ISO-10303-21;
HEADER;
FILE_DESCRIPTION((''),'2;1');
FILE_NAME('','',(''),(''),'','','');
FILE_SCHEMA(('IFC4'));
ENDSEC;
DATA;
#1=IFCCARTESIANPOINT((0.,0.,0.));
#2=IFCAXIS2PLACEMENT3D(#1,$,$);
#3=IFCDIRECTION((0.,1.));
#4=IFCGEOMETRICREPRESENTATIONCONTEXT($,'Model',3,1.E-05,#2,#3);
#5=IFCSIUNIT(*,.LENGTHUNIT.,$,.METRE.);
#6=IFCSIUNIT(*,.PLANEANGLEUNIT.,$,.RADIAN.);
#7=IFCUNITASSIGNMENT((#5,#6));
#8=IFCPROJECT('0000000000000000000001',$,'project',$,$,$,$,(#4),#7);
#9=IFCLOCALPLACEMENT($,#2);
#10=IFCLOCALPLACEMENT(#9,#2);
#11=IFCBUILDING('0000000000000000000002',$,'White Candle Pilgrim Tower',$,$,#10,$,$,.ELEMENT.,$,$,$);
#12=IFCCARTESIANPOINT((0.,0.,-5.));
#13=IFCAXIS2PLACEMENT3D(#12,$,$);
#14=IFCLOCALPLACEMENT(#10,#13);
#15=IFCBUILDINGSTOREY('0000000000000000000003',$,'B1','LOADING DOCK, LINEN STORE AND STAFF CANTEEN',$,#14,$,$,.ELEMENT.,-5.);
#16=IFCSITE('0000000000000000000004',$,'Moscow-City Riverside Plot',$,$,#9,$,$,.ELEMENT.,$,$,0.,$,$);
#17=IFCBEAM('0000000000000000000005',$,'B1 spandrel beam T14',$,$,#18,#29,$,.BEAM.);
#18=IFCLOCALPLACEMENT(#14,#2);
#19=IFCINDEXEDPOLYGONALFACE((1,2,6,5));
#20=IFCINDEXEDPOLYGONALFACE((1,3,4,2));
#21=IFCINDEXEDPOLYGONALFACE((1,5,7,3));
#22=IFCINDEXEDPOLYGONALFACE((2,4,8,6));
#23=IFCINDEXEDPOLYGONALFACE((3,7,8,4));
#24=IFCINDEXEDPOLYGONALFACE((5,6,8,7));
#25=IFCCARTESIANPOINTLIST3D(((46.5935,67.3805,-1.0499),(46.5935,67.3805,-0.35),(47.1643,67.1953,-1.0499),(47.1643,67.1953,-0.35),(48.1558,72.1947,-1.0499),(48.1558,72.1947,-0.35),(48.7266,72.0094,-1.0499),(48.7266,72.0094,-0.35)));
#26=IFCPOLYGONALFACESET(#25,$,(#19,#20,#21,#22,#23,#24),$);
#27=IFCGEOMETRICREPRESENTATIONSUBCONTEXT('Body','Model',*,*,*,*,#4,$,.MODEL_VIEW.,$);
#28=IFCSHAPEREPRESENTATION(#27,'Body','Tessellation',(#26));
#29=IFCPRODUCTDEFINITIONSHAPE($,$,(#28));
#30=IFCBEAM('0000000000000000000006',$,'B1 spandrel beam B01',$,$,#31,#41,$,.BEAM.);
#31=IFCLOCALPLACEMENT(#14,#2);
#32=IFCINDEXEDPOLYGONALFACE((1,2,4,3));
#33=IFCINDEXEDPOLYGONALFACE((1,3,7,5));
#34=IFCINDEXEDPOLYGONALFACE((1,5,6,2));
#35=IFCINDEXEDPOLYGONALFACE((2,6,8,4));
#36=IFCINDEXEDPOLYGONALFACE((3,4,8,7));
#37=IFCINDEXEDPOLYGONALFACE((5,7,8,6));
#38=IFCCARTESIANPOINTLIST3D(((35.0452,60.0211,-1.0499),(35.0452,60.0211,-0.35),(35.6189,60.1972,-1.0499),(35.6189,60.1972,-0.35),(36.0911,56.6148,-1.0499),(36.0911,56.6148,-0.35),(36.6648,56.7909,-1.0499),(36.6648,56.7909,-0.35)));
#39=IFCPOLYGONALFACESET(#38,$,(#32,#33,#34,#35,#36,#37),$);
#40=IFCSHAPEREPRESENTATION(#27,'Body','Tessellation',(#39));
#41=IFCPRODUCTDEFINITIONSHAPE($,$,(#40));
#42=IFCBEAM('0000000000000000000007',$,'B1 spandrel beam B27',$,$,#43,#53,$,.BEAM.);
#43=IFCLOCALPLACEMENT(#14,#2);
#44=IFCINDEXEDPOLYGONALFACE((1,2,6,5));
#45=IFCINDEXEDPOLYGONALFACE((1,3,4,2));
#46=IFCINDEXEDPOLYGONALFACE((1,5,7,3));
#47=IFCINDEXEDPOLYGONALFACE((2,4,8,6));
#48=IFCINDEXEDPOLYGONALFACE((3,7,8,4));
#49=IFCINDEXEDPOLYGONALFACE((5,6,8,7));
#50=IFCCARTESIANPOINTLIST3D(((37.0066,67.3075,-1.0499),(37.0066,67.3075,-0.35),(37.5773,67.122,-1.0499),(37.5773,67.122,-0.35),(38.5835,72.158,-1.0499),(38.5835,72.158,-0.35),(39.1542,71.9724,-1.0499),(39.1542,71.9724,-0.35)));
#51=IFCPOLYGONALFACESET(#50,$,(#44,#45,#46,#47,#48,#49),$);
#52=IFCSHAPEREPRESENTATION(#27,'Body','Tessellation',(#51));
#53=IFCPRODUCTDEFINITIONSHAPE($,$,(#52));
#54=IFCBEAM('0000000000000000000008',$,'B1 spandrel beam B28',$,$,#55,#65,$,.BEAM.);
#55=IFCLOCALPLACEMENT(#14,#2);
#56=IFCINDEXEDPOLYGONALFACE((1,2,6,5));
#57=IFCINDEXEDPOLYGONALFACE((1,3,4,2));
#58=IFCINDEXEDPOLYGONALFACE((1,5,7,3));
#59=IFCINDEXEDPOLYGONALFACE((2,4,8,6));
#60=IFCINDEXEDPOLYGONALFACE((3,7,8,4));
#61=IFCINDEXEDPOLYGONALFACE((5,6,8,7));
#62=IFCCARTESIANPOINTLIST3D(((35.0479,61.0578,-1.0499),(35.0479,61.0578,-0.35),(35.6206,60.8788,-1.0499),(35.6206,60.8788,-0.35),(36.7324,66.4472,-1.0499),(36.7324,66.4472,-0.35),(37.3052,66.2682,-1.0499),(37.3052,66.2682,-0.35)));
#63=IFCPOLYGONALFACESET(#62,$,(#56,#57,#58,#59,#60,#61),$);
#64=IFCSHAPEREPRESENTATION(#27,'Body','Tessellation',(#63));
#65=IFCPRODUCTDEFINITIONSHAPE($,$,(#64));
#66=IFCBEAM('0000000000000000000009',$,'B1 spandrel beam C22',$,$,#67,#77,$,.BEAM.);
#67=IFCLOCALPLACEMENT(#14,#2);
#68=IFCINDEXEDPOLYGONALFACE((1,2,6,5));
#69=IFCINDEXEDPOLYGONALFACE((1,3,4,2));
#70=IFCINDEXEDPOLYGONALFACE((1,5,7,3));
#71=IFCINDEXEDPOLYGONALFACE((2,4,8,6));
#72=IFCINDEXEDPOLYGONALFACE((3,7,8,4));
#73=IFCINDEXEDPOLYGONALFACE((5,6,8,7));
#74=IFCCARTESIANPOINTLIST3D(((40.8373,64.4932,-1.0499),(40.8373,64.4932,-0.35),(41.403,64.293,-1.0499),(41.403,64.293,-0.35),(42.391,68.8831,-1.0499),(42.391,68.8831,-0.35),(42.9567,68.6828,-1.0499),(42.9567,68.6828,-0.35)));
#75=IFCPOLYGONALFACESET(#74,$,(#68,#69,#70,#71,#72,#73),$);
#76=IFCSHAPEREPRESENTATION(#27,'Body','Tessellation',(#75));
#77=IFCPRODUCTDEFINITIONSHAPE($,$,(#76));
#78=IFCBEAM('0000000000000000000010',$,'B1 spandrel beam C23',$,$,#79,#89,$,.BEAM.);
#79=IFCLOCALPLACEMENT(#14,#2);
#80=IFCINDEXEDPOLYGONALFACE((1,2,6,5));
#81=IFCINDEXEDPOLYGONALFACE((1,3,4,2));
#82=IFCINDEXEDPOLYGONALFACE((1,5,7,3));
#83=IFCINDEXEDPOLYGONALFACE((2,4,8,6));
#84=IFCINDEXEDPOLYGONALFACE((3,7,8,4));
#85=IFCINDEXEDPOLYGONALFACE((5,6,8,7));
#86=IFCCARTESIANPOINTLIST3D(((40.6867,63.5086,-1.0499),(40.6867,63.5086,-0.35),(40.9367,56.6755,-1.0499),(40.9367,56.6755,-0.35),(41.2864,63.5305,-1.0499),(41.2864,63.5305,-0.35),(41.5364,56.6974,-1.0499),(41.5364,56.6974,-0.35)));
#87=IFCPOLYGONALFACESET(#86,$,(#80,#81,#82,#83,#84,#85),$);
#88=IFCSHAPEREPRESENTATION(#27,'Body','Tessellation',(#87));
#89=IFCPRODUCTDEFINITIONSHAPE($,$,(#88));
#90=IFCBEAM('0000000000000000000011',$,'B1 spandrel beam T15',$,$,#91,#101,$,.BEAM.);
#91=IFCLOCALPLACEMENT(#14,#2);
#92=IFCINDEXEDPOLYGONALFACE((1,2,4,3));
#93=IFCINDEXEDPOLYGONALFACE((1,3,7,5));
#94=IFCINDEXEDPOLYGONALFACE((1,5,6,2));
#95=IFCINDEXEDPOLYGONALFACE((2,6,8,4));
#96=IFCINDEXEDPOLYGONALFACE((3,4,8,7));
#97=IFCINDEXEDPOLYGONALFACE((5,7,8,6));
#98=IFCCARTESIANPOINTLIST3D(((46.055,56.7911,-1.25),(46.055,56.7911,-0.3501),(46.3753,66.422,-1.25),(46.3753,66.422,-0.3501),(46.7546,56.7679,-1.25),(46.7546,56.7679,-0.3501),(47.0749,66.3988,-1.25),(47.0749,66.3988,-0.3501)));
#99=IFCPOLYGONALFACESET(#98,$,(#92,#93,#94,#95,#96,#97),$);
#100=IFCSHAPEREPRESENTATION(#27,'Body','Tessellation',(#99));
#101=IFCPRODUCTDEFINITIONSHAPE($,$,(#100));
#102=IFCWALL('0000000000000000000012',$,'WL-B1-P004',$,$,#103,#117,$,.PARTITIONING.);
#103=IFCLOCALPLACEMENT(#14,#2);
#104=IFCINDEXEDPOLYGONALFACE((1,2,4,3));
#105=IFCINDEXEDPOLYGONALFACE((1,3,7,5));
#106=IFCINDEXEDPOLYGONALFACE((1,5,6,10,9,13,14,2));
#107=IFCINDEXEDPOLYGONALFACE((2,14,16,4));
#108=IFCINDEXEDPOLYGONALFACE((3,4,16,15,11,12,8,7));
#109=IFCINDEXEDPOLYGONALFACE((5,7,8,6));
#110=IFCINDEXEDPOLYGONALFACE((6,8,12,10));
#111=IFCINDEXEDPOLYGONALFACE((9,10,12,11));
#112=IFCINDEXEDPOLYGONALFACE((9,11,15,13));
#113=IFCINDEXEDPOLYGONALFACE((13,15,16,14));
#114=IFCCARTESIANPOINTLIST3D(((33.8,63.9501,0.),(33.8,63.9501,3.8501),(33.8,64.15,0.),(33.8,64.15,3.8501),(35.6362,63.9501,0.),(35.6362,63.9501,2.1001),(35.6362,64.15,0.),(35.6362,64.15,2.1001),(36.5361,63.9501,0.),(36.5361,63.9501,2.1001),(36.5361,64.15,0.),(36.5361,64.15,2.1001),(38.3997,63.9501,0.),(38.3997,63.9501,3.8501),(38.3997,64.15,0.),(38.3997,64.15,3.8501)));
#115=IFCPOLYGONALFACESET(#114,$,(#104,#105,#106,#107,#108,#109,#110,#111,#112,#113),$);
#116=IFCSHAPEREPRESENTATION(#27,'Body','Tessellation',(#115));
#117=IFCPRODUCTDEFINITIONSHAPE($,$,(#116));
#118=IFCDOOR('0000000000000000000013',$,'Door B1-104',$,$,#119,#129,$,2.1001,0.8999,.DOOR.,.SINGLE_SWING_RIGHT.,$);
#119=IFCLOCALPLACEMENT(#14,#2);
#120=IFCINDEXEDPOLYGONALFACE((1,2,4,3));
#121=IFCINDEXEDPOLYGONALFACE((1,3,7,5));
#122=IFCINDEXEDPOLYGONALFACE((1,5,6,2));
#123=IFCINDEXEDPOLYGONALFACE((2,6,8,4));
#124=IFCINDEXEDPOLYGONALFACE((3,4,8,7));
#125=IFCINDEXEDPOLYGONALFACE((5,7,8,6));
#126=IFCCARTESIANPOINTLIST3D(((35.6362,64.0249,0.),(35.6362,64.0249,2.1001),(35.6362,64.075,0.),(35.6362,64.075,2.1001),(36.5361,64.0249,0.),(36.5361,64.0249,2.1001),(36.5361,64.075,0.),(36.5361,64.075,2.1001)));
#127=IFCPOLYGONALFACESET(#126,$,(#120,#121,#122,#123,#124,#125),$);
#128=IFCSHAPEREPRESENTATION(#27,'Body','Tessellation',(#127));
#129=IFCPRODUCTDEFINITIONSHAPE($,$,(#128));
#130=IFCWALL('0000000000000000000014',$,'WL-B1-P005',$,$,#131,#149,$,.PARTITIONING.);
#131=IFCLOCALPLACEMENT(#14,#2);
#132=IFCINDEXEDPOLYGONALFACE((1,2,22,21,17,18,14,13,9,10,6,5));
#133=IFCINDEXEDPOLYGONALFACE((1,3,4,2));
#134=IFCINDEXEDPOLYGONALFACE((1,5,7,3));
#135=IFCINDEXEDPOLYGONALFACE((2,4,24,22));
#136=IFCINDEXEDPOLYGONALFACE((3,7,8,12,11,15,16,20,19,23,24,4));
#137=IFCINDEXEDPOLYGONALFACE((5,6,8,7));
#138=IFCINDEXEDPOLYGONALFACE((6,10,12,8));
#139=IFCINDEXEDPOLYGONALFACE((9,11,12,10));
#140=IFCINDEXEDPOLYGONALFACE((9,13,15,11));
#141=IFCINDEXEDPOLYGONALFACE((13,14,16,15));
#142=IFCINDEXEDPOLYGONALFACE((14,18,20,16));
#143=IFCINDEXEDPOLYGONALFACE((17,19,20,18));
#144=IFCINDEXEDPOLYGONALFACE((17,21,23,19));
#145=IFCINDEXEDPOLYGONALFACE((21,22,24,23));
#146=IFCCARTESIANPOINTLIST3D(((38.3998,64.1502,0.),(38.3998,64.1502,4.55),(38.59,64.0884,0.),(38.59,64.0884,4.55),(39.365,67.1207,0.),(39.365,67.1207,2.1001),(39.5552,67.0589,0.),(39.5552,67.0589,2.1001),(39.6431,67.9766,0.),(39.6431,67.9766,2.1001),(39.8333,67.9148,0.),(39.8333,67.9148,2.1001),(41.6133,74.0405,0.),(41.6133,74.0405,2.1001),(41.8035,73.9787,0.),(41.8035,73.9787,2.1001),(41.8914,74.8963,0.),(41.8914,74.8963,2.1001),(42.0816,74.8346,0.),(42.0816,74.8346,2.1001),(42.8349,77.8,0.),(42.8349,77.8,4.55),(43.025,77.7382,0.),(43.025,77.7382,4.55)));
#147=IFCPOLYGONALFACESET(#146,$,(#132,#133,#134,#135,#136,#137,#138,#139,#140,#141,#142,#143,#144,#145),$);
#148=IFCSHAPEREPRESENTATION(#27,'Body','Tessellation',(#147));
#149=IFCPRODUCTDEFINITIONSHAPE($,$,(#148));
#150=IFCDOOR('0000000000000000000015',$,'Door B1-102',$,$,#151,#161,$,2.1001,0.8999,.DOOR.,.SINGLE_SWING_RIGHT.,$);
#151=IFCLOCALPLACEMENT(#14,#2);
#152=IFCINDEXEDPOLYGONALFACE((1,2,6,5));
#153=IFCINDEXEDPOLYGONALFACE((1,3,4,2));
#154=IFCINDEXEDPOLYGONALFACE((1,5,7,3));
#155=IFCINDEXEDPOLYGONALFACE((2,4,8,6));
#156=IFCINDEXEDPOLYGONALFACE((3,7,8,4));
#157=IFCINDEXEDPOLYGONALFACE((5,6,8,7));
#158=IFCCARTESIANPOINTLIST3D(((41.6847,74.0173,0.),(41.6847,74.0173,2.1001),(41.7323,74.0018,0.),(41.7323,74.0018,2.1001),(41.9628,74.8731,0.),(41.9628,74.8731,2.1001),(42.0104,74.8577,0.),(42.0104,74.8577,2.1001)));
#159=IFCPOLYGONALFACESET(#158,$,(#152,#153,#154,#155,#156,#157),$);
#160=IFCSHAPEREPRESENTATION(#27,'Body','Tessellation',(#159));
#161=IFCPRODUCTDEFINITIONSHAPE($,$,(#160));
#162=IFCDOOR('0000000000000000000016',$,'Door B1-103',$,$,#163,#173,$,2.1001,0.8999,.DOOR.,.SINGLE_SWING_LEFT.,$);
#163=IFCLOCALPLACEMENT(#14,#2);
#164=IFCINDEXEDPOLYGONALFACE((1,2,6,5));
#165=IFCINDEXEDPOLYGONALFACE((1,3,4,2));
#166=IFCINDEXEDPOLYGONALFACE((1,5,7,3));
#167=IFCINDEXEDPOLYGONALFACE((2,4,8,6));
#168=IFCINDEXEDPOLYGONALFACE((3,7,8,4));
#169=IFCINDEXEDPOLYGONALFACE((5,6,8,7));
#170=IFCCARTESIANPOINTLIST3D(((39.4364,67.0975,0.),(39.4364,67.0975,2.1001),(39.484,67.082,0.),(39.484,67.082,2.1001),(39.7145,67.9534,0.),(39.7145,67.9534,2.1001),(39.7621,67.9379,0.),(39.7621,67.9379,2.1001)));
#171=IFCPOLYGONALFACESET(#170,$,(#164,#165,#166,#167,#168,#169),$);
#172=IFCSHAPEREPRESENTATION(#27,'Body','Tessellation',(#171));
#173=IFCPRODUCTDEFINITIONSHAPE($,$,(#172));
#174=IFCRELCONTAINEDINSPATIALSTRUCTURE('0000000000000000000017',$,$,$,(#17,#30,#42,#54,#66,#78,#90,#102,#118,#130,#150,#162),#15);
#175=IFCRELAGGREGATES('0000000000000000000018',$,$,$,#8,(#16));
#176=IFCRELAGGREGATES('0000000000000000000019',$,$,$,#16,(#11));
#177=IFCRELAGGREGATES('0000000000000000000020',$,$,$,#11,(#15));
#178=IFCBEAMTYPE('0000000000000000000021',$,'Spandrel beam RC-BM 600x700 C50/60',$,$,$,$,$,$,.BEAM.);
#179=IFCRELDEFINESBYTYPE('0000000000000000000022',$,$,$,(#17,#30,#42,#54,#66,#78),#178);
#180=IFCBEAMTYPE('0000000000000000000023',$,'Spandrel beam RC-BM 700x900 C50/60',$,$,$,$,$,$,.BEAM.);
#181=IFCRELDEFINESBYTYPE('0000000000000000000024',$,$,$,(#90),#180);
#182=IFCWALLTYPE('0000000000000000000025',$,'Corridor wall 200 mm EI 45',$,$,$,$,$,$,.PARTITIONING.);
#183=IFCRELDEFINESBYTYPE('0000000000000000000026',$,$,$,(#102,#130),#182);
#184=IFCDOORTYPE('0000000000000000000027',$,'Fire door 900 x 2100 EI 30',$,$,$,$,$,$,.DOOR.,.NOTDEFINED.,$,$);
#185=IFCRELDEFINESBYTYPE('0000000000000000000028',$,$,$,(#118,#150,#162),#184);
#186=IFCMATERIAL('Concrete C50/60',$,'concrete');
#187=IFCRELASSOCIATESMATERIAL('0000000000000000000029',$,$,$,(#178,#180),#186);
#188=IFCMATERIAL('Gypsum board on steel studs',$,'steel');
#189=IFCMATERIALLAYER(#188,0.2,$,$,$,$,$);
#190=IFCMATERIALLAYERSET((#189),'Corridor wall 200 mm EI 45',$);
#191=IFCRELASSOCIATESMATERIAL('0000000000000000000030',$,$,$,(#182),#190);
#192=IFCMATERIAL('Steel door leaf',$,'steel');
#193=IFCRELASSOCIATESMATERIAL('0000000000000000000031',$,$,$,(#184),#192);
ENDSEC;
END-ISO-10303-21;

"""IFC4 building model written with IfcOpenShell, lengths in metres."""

from ifc_helpers import new_model, si_unit, direction, frame, frame_2d, origin, origin_2d, place, context, subcontext, project, spatial, rectangle, extrude, material, layer, layer_set, material_profile, profile_set, type_object, element, fill, save


model = new_model("IFC4")

# Units and contexts
model_context = context("Model", 3, precision=1e-05, world=origin(), true_north=direction((0.0, 1.0)))
body_context = subcontext(model_context, "Body", "Model", "MODEL_VIEW")
ifc_project = project(units=[si_unit("LENGTHUNIT", "METRE"), si_unit("PLANEANGLEUNIT", "RADIAN")], contexts=[model_context])

# Site, building, storey
site_placement = place(None, origin())
site = spatial("IfcSite", under=ifc_project, at=site_placement, Name="Moscow-City Riverside Plot", CompositionType="ELEMENT", RefElevation=0.0)
building_placement = place(site_placement, origin())
building = spatial("IfcBuilding", under=site, at=building_placement, Name="White Candle Pilgrim Tower", CompositionType="ELEMENT")
storey_placement = place(building_placement, frame((0.0, 0.0, -5.0)))
storey = spatial("IfcBuildingStorey", under=building, at=storey_placement, Name="B1", Description="LOADING DOCK, LINEN STORE AND STAFF CANTEEN", CompositionType="ELEMENT", Elevation=-5.0)

# Beams
ifc_material_1 = material(Name="Concrete C50/60", Category="concrete")
ifc_material_profile_1 = material_profile(ifc_material_1, rectangle(XDim=0.6001, YDim=0.7, at=origin_2d()), Name="RC-BM 600x700")
ifc_profile_set_1 = profile_set([ifc_material_profile_1], Name="Concrete C50/60")
beam_type_1 = type_object("IfcBeamType", Name="Spandrel beam RC-BM 600x700 C50/60", PredefinedType="BEAM", material=ifc_profile_set_1)
beam_1_placement = place(storey_placement, frame((48.4412, 72.1021, -0.7), z_axis=(-0.308664, -0.951171, 0.0), x_axis=(0.951171, -0.308664, 0.0)))
element("IfcBeam", 1, at=beam_1_placement, inside=storey, type_object=beam_type_1, Name="B1 spandrel beam T14", PredefinedType="BEAM", context=body_context, shape_type="SweptSolid", body=[
    extrude(rectangle(XDim=0.6001, YDim=0.7, at=origin_2d()), origin(), (0.0, 0.0, 1.0), 5.0613),
])
beam_2_placement = place(storey_placement, frame((35.332, 60.1091, -0.7), z_axis=(0.293527, -0.955951, 0.0), x_axis=(0.955951, 0.293527, 0.0)))
element("IfcBeam", 2, at=beam_2_placement, inside=storey, type_object=beam_type_1, Name="B1 spandrel beam B01", PredefinedType="BEAM", context=body_context, shape_type="SweptSolid", body=[
    extrude(rectangle(XDim=0.6001, YDim=0.7, at=origin_2d()), origin(), (0.0, 0.0, 1.0), 3.5632),
])
beam_3_placement = place(storey_placement, frame((38.8689, 72.0652, -0.7), z_axis=(-0.309182, -0.951003, 0.0), x_axis=(0.951003, -0.309182, 0.0)))
element("IfcBeam", 3, at=beam_3_placement, inside=storey, type_object=beam_type_1, Name="B1 spandrel beam B27", PredefinedType="BEAM", context=body_context, shape_type="SweptSolid", body=[
    extrude(rectangle(XDim=0.6001, YDim=0.7, at=origin_2d()), origin(), (0.0, 0.0, 1.0), 5.1003),
])
beam_4_placement = place(storey_placement, frame((37.0188, 66.3577, -0.7), z_axis=(-0.298337, -0.954461, 0.0), x_axis=(0.954461, -0.298337, 0.0)))
element("IfcBeam", 4, at=beam_4_placement, inside=storey, type_object=beam_type_1, Name="B1 spandrel beam B28", PredefinedType="BEAM", context=body_context, shape_type="SweptSolid", body=[
    extrude(rectangle(XDim=0.6001, YDim=0.7, at=origin_2d()), origin(), (0.0, 0.0, 1.0), 5.6465),
])
beam_5_placement = place(storey_placement, frame((42.6738, 68.783, -0.7), z_axis=(-0.333648, -0.942698, 0.0), x_axis=(0.942698, -0.333648, 0.0)))
element("IfcBeam", 5, at=beam_5_placement, inside=storey, type_object=beam_type_1, Name="B1 spandrel beam C22", PredefinedType="BEAM", context=body_context, shape_type="SweptSolid", body=[
    extrude(rectangle(XDim=0.6001, YDim=0.7, at=origin_2d()), origin(), (0.0, 0.0, 1.0), 4.6567),
])
beam_6_placement = place(storey_placement, frame((40.9866, 63.5195, -0.7), z_axis=(0.036563, -0.999331, 0.0), x_axis=(0.999331, 0.036563, 0.0)))
element("IfcBeam", 6, at=beam_6_placement, inside=storey, type_object=beam_type_1, Name="B1 spandrel beam C23", PredefinedType="BEAM", context=body_context, shape_type="SweptSolid", body=[
    extrude(rectangle(XDim=0.6001, YDim=0.7, at=origin_2d()), origin(), (0.0, 0.0, 1.0), 6.8376),
])
ifc_material_profile_2 = material_profile(ifc_material_1, rectangle(XDim=0.7, YDim=0.8999, at=origin_2d()), Name="RC-BM 700x900")
ifc_profile_set_2 = profile_set([ifc_material_profile_2], Name="Concrete C50/60")
beam_type_2 = type_object("IfcBeamType", Name="Spandrel beam RC-BM 700x900 C50/60", PredefinedType="BEAM", material=ifc_profile_set_2)
beam_7_placement = place(storey_placement, frame((46.7251, 66.4104, -0.8), z_axis=(-0.033241, -0.999447, 0.0), x_axis=(0.999447, -0.033241, 0.0)))
element("IfcBeam", 7, at=beam_7_placement, inside=storey, type_object=beam_type_2, Name="B1 spandrel beam T15", PredefinedType="BEAM", context=body_context, shape_type="SweptSolid", body=[
    extrude(rectangle(XDim=0.7, YDim=0.8999, at=origin_2d()), origin(), (0.0, 0.0, 1.0), 9.6362),
])

# Wall, opening, door
ifc_material_2 = material(Name="Gypsum board on steel studs", Category="steel")
ifc_layer_1 = layer(ifc_material_2, 0.2)
ifc_layer_set_1 = layer_set([ifc_layer_1], Name="Corridor wall 200 mm EI 45")
wall_type_1 = type_object("IfcWallType", Name="Corridor wall 200 mm EI 45", PredefinedType="PARTITIONING", material=ifc_layer_set_1)
wall_1_placement = place(storey_placement, frame((33.8, 64.05, 0.0), z_axis=(0.0, 0.0, 1.0), x_axis=(1.0, 0.0, 0.0)))
wall_1 = element("IfcWall", 8, at=wall_1_placement, inside=storey, type_object=wall_type_1, Name="WL-B1-P004", PredefinedType="PARTITIONING", context=body_context, shape_type="SweptSolid", body=[
    extrude(rectangle(XDim=4.5996, YDim=0.2, at=frame_2d((2.2998, 0.0))), origin(), (0.0, 0.0, 1.0), 3.8501),
])
opening_1_placement = place(wall_1_placement, frame((1.8362, 0.0, 0.0)))
opening_1 = element("IfcOpeningElement", 9, at=opening_1_placement, cuts=wall_1, PredefinedType="OPENING", context=body_context, shape_type="SweptSolid", body=[
    extrude(rectangle(XDim=0.8999, YDim=2.1001, at=frame_2d((0.45, 1.05))), frame((0.0, 0.1099, 0.0), z_axis=(0.0, -1.0, 0.0), x_axis=(1.0, 0.0, 0.0)), (0.0, 0.0, 1.0), 0.22),
])
ifc_material_3 = material(Name="Steel door leaf", Category="steel")
door_type = type_object("IfcDoorType", Name="Fire door 900 x 2100 EI 30", OperationType="NOTDEFINED", PredefinedType="DOOR", material=ifc_material_3)
door_1_placement = place(opening_1_placement, origin())
door_1 = element("IfcDoor", 10, at=door_1_placement, inside=storey, type_object=door_type, Name="Door B1-104", OperationType="SINGLE_SWING_RIGHT", OverallHeight=2.1001, OverallWidth=0.8999, PredefinedType="DOOR", context=body_context, shape_type="SweptSolid", body=[
    extrude(rectangle(XDim=0.8999, YDim=2.1001, at=frame_2d((0.45, 1.05))), frame((0.0, 0.0249, 0.0), z_axis=(0.0, -1.0, 0.0), x_axis=(1.0, 0.0, 0.0)), (0.0, 0.0, 1.0), 0.05),
])
fill(opening_1, door_1)

# Wall, openings, doors
wall_2_placement = place(storey_placement, frame((38.4949, 64.1191, 0.0), z_axis=(0.0, 0.0, 1.0), x_axis=(0.309013, 0.951058, 0.0)))
wall_2 = element("IfcWall", 11, at=wall_2_placement, inside=storey, type_object=wall_type_1, Name="WL-B1-P005", PredefinedType="PARTITIONING", context=body_context, shape_type="SweptSolid", body=[
    extrude(rectangle(XDim=14.3523, YDim=0.2, at=frame_2d((7.1763, 0.0))), origin(), (0.0, 0.0, 1.0), 4.55),
])
opening_2_placement = place(wall_2_placement, frame((10.3994, 0.0, 0.0)))
opening_2 = element("IfcOpeningElement", 12, at=opening_2_placement, cuts=wall_2, PredefinedType="OPENING", context=body_context, shape_type="SweptSolid", body=[
    extrude(rectangle(XDim=0.8999, YDim=2.1001, at=frame_2d((0.45, 1.05))), frame((0.0, 0.1099, 0.0), z_axis=(0.0, -1.0, 0.0), x_axis=(1.0, 0.0, 0.0)), (0.0, 0.0, 1.0), 0.22),
])
opening_3_placement = place(wall_2_placement, frame((3.1235, 0.0, 0.0)))
opening_3 = element("IfcOpeningElement", 13, at=opening_3_placement, cuts=wall_2, PredefinedType="OPENING", context=body_context, shape_type="SweptSolid", body=[
    extrude(rectangle(XDim=0.8999, YDim=2.1001, at=frame_2d((0.45, 1.05))), frame((0.0, 0.1099, 0.0), z_axis=(0.0, -1.0, 0.0), x_axis=(1.0, 0.0, 0.0)), (0.0, 0.0, 1.0), 0.22),
])
door_2_placement = place(opening_2_placement, origin())
door_2 = element("IfcDoor", 14, at=door_2_placement, inside=storey, type_object=door_type, Name="Door B1-102", OperationType="SINGLE_SWING_RIGHT", OverallHeight=2.1001, OverallWidth=0.8999, PredefinedType="DOOR", context=body_context, shape_type="SweptSolid", body=[
    extrude(rectangle(XDim=0.8999, YDim=2.1001, at=frame_2d((0.45, 1.05))), frame((0.0, 0.0249, 0.0), z_axis=(0.0, -1.0, 0.0), x_axis=(1.0, 0.0, 0.0)), (0.0, 0.0, 1.0), 0.05),
])
fill(opening_2, door_2)
door_3_placement = place(opening_3_placement, origin())
door_3 = element("IfcDoor", 15, at=door_3_placement, inside=storey, type_object=door_type, Name="Door B1-103", OperationType="SINGLE_SWING_LEFT", OverallHeight=2.1001, OverallWidth=0.8999, PredefinedType="DOOR", context=body_context, shape_type="SweptSolid", body=[
    extrude(rectangle(XDim=0.8999, YDim=2.1001, at=frame_2d((0.45, 1.05))), frame((0.0, 0.0249, 0.0), z_axis=(0.0, -1.0, 0.0), x_axis=(1.0, 0.0, 0.0)), (0.0, 0.0, 1.0), 0.05),
])
fill(opening_3, door_3)

save(model, "model.ifc")
